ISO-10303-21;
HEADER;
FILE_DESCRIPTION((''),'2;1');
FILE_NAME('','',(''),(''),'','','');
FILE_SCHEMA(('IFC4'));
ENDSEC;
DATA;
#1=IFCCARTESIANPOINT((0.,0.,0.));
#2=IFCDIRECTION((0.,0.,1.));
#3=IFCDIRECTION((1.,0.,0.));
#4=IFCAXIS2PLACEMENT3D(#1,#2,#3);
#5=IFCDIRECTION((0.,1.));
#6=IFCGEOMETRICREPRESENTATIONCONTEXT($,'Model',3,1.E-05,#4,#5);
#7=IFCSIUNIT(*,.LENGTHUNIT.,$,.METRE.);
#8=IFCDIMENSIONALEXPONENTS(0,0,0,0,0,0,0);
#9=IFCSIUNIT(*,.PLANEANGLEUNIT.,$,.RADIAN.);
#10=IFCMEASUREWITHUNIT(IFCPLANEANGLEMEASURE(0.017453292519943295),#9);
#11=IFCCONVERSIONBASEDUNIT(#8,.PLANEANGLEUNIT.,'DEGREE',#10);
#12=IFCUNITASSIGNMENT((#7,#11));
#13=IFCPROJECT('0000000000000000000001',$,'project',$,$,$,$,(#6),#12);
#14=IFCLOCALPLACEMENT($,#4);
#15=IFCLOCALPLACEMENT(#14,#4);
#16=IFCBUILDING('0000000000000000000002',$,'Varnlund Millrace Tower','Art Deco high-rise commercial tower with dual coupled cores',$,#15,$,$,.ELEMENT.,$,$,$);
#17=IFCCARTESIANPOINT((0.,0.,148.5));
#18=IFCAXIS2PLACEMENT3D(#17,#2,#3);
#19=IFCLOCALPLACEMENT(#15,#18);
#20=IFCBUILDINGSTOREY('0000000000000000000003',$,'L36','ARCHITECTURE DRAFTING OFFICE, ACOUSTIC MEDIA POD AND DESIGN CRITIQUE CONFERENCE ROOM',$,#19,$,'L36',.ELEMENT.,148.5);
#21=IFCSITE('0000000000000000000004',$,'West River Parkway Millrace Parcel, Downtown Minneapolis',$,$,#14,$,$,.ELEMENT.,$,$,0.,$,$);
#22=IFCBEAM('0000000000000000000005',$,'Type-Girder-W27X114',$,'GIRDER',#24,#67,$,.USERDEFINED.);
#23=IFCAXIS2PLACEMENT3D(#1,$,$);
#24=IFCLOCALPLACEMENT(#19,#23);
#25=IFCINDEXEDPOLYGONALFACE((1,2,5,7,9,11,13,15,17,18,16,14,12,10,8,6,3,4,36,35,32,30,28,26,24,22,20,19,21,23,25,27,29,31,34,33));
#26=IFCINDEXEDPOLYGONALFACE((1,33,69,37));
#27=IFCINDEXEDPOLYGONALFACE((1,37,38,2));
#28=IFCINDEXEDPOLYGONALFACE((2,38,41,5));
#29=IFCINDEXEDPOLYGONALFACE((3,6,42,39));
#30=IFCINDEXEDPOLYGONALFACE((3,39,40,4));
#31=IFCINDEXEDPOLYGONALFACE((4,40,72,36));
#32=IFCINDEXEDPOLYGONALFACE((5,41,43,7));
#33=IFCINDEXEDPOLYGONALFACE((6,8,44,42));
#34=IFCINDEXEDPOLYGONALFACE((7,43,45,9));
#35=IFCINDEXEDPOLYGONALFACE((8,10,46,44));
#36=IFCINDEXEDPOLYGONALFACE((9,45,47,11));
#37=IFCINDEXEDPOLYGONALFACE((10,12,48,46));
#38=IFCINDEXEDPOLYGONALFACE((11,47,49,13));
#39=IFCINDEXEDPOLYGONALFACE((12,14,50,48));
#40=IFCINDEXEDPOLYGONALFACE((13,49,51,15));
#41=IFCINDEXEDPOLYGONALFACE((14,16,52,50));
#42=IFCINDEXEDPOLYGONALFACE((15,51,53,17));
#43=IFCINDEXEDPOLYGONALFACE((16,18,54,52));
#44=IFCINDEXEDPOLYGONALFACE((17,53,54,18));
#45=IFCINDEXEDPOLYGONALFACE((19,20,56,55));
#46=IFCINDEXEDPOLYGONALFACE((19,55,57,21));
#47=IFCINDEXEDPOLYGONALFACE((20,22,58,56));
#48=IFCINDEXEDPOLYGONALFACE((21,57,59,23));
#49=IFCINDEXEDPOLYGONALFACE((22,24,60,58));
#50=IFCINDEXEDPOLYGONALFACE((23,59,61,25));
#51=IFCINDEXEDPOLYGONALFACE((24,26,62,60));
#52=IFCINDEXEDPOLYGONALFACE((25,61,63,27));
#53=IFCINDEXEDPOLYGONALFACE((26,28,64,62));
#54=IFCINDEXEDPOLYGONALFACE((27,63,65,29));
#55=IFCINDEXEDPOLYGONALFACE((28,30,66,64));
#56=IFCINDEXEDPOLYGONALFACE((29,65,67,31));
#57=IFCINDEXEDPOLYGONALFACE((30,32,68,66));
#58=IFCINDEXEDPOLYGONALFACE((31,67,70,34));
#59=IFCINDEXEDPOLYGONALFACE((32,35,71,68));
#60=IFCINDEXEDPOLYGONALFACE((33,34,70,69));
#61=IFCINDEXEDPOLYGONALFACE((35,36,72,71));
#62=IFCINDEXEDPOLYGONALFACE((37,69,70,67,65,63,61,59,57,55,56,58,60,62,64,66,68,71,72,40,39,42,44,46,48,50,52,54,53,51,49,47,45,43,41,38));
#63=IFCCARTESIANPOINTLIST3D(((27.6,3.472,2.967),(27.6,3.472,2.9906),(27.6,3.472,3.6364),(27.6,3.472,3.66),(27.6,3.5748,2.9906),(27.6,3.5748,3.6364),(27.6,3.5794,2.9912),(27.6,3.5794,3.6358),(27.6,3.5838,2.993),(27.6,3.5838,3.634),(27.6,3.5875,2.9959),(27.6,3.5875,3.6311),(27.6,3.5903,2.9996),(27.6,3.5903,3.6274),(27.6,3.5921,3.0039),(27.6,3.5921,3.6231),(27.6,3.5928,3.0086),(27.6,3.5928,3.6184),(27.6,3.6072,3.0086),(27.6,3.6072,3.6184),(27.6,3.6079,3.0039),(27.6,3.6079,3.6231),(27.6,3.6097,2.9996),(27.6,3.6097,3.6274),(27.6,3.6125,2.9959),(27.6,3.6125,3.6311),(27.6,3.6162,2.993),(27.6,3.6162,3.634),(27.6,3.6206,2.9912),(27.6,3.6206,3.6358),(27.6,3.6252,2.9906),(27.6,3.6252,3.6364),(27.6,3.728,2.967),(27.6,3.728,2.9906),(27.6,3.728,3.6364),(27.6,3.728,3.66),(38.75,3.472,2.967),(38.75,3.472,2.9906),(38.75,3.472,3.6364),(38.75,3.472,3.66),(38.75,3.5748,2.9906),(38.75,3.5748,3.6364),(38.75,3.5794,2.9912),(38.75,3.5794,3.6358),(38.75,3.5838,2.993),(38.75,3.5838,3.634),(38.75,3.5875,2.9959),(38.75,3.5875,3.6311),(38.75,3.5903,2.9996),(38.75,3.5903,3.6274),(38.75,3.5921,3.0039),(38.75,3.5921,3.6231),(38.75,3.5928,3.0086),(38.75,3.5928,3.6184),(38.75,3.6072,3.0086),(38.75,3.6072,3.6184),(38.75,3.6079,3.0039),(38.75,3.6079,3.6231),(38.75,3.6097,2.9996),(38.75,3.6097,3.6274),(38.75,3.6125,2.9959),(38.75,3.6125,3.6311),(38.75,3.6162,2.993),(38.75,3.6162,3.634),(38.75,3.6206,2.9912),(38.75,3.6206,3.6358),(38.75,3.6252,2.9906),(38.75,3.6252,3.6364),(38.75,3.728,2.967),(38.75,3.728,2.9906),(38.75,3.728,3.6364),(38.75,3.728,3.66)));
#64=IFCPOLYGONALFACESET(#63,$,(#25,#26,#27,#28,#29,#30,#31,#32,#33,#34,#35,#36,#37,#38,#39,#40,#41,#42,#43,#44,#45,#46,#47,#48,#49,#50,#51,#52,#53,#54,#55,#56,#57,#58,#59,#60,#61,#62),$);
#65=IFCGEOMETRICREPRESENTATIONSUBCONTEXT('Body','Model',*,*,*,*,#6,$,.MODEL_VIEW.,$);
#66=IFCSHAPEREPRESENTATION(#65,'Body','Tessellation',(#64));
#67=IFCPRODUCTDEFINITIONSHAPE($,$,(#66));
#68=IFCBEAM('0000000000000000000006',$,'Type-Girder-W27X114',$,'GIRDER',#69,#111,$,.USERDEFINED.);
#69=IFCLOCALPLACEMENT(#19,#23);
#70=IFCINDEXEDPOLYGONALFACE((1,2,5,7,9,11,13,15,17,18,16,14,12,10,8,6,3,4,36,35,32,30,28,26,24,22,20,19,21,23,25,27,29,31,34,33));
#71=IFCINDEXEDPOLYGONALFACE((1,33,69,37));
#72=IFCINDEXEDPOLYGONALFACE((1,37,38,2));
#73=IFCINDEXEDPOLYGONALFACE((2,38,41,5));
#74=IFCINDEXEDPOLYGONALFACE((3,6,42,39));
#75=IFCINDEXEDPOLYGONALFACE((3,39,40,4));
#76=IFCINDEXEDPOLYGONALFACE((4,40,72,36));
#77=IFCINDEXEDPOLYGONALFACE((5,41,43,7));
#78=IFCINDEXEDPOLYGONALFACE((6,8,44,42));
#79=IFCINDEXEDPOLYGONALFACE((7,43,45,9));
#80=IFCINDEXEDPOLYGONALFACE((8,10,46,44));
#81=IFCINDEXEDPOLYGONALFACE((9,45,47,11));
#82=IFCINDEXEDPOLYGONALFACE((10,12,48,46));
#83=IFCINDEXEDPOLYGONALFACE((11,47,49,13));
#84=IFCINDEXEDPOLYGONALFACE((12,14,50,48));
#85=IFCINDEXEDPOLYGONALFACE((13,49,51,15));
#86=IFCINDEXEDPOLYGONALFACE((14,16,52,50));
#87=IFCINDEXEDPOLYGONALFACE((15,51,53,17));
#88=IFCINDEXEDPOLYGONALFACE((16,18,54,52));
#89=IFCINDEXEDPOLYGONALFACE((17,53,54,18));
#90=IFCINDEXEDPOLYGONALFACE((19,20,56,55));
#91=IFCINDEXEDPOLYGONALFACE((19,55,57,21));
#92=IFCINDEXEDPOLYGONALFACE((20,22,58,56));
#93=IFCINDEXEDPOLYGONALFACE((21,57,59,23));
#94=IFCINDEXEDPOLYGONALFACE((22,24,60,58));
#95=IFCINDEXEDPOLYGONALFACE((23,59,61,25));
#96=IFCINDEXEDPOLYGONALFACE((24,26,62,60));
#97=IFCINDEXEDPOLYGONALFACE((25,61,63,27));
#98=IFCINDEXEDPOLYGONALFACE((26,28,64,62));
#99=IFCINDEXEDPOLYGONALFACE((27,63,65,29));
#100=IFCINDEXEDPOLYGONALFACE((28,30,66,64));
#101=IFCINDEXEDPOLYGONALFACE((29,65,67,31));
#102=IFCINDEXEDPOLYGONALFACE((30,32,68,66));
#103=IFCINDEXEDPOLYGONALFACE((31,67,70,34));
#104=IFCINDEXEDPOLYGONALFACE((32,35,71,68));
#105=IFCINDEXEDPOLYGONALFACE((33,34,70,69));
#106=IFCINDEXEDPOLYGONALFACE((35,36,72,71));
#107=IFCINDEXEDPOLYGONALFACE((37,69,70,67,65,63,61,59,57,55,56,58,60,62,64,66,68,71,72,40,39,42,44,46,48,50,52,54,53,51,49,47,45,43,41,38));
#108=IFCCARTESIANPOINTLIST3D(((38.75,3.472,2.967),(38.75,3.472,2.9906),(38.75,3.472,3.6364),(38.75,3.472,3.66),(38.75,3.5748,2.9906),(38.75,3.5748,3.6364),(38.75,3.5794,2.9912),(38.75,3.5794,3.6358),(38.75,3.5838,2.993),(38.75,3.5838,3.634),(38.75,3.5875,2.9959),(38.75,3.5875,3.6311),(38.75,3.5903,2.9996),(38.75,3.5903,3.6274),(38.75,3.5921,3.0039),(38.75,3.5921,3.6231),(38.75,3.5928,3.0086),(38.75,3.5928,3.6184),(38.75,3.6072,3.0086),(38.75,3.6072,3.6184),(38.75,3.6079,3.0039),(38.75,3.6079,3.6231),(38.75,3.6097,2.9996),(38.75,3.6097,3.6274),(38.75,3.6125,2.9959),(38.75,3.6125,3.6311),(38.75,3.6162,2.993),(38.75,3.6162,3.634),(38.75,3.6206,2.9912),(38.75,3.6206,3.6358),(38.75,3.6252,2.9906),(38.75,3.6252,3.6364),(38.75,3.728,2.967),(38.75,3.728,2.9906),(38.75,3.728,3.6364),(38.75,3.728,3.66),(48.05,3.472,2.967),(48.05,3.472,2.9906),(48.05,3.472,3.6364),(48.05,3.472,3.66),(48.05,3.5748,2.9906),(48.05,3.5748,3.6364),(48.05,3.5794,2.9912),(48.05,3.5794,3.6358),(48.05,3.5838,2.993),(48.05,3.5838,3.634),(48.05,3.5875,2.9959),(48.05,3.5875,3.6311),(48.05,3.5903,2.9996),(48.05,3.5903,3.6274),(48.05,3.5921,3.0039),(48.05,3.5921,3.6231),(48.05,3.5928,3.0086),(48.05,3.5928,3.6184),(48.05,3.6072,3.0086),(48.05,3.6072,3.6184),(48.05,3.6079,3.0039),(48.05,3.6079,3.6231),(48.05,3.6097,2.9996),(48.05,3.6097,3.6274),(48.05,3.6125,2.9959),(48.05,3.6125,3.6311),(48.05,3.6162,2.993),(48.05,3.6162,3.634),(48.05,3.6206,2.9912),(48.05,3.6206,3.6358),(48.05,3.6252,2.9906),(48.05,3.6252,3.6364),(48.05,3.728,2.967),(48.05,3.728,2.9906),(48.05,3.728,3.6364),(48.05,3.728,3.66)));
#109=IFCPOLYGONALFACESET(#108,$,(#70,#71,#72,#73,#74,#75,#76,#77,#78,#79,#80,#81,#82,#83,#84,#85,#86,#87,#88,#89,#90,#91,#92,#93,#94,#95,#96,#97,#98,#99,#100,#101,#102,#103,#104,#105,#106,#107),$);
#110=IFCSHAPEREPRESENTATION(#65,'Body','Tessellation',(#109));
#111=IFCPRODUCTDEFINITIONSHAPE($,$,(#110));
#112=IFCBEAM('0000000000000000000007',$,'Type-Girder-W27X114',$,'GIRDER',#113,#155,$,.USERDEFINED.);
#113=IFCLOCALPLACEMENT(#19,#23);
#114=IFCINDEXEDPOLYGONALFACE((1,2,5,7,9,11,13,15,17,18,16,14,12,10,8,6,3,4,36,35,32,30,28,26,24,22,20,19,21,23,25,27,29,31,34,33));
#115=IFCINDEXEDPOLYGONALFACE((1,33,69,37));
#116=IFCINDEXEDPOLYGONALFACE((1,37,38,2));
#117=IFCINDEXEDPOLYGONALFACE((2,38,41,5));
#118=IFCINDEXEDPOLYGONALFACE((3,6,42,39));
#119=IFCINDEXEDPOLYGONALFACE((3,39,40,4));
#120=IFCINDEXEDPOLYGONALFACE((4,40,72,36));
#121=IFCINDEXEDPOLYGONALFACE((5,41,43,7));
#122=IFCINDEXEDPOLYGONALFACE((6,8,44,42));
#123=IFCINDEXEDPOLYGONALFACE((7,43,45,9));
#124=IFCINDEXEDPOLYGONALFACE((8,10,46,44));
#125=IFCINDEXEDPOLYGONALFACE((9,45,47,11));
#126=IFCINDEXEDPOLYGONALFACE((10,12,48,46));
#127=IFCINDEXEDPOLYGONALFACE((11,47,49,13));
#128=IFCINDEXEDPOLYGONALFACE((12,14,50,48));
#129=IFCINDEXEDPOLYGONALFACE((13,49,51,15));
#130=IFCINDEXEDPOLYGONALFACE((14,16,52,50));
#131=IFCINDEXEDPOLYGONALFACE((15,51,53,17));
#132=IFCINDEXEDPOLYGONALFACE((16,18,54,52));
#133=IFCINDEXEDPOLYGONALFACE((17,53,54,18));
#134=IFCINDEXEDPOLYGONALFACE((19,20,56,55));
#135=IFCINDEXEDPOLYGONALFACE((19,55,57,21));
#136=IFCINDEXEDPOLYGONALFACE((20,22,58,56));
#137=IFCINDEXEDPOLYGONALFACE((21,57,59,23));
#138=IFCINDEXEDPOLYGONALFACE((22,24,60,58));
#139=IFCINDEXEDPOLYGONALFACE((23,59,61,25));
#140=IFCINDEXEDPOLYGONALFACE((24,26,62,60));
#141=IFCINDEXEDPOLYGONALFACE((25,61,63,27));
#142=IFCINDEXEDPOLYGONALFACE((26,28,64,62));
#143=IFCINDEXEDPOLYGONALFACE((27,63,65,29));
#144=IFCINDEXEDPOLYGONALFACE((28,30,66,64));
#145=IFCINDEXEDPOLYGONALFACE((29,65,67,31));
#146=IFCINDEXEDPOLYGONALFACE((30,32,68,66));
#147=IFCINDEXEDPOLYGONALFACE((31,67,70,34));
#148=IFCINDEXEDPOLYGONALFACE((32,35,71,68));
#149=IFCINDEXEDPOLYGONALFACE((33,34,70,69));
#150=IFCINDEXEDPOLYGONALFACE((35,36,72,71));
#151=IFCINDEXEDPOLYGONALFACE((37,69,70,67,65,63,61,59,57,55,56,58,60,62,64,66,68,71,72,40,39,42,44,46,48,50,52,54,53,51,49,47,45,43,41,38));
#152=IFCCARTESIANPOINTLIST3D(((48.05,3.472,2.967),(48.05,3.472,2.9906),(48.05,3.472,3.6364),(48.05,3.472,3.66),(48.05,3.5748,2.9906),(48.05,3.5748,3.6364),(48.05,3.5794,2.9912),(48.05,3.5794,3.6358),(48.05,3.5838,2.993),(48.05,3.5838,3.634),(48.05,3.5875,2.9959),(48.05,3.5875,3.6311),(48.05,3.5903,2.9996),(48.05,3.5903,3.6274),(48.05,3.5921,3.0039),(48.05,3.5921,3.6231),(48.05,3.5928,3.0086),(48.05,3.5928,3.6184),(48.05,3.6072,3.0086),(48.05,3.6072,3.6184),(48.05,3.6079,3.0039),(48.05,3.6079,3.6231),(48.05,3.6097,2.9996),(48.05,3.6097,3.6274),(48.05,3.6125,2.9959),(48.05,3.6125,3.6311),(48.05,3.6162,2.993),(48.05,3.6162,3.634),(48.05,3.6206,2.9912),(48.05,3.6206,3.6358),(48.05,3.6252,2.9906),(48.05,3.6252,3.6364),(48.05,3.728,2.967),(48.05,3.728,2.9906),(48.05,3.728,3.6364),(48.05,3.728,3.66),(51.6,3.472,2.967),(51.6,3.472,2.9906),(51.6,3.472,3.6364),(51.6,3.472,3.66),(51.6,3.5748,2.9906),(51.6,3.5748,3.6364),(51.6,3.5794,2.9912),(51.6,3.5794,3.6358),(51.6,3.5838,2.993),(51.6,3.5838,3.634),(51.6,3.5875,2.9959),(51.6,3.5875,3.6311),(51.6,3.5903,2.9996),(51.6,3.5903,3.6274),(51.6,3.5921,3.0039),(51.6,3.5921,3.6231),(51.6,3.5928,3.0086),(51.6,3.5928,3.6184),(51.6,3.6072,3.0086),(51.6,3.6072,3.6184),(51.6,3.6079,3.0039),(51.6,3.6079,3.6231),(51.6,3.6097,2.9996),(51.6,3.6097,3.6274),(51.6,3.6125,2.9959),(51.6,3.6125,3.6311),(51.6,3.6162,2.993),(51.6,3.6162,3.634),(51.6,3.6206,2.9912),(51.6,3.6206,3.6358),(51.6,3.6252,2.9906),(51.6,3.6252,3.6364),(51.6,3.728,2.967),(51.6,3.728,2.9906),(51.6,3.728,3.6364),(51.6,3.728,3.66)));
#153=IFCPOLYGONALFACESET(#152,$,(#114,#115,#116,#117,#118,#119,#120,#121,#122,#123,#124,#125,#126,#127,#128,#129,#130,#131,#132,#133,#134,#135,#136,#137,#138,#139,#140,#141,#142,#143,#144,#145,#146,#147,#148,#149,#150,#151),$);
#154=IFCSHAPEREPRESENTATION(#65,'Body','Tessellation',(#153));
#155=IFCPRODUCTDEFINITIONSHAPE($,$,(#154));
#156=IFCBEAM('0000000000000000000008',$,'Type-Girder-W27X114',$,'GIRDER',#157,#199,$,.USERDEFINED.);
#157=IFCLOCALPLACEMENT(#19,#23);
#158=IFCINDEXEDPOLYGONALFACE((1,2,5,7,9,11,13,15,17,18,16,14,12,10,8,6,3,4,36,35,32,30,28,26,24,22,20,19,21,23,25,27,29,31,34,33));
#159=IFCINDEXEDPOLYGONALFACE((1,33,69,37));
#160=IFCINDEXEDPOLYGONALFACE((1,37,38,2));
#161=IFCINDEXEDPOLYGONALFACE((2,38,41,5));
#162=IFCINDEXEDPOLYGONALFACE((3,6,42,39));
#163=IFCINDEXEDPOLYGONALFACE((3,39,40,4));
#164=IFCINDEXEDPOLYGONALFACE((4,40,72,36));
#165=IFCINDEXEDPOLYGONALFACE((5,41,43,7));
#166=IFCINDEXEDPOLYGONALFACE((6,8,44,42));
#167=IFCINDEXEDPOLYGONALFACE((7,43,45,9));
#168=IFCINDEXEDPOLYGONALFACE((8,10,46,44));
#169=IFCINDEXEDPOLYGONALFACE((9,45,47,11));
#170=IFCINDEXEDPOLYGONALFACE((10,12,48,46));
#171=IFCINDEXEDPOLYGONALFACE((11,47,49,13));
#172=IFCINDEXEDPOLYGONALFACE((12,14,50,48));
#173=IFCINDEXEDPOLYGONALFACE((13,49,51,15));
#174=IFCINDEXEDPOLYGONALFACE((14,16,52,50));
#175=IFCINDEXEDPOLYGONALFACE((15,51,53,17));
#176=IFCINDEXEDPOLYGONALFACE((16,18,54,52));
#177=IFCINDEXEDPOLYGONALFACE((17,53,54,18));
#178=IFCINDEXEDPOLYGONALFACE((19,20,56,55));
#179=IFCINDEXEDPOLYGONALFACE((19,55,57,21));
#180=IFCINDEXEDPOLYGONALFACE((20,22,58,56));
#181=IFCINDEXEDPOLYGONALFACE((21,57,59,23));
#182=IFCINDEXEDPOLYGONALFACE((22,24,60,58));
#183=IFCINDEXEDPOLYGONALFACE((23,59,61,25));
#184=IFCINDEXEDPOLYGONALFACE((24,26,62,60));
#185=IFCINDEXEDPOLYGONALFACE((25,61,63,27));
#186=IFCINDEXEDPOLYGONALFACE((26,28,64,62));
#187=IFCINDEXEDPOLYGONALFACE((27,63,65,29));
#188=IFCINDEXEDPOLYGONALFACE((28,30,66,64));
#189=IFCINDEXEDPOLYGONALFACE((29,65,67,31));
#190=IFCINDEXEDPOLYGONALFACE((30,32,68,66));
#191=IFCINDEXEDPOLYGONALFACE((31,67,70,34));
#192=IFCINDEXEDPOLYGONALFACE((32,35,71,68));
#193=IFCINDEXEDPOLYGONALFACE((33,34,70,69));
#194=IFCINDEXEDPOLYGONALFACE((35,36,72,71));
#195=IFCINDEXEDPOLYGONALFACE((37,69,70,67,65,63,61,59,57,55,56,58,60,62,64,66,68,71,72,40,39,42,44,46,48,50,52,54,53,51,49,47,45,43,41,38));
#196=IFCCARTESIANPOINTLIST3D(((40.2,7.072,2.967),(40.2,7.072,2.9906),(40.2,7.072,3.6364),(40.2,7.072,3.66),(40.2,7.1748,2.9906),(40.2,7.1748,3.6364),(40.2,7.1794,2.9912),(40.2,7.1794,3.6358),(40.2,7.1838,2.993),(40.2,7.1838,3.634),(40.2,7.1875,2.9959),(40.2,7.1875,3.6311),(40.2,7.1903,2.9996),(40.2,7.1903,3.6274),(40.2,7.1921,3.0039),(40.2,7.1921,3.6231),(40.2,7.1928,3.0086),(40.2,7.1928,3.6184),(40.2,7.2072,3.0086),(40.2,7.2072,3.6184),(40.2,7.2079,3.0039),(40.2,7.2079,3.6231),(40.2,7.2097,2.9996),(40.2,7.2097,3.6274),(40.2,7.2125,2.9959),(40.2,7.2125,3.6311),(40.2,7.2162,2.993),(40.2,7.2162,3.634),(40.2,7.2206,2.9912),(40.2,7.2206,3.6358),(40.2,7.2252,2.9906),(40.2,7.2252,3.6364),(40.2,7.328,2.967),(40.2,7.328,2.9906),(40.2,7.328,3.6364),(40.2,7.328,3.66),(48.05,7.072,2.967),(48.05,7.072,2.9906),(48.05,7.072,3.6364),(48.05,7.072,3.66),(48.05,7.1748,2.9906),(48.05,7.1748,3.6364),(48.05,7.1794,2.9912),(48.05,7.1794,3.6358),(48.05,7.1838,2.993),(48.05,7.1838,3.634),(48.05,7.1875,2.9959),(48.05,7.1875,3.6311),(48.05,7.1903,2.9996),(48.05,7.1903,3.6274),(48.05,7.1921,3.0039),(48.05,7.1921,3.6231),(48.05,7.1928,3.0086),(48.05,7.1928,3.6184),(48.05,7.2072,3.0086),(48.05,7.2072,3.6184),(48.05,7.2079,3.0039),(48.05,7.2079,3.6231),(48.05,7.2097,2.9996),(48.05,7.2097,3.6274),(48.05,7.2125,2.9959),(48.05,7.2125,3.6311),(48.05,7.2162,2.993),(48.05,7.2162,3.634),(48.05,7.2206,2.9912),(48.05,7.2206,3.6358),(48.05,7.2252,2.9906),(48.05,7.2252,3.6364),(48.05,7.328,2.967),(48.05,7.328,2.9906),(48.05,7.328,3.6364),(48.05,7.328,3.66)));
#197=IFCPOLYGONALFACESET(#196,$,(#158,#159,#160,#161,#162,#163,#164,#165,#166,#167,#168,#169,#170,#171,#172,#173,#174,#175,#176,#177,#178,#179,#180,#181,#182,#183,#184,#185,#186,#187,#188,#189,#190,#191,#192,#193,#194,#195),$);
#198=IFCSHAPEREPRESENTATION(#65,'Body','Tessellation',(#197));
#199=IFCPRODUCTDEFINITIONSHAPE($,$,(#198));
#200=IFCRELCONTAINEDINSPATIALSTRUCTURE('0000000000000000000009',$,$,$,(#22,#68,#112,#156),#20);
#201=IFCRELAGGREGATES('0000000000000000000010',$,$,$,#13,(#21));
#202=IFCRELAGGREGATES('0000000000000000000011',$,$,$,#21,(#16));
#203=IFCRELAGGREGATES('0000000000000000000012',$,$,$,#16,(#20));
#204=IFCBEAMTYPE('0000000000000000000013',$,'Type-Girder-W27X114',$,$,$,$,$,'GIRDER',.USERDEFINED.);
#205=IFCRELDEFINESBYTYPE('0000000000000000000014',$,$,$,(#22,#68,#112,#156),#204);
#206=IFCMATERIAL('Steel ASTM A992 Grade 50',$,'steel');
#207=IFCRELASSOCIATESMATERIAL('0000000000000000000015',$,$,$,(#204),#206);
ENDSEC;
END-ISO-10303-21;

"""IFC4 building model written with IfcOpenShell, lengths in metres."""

from ifc_helpers import new_model, entity, si_unit, converted_unit, direction, frame, origin_with_axes, origin_2d_with_axis, place, context, subcontext, project, spatial, i_section, extrude, material, material_profile, profile_set, type_object, element, save


model = new_model("IFC4")

# Units and contexts
model_context = context("Model", 3, precision=1e-05, world=origin_with_axes(), true_north=direction((0.0, 1.0)))
body_context = subcontext(model_context, "Body", "Model", "MODEL_VIEW")
ifc_project = project(units=[si_unit("LENGTHUNIT", "METRE"), converted_unit("PLANEANGLEUNIT", "DEGREE", entity("IfcPlaneAngleMeasure", 0.017453292519943295), si_unit("PLANEANGLEUNIT", "RADIAN"), dimensions=[0, 0, 0, 0, 0, 0, 0])], contexts=[model_context])

# Site, building, storey
site_placement = place(None, origin_with_axes())
site = spatial("IfcSite", under=ifc_project, at=site_placement, Name="West River Parkway Millrace Parcel, Downtown Minneapolis", CompositionType="ELEMENT", RefElevation=0.0)
building_placement = place(site_placement, origin_with_axes())
building = spatial("IfcBuilding", under=site, at=building_placement, Name="Varnlund Millrace Tower", Description="Art Deco high-rise commercial tower with dual coupled cores", CompositionType="ELEMENT")
storey_placement = place(building_placement, frame((0.0, 0.0, 148.5), z_axis=(0.0, 0.0, 1.0), x_axis=(1.0, 0.0, 0.0)))
storey = spatial("IfcBuildingStorey", under=building, at=storey_placement, Name="L36", Description="ARCHITECTURE DRAFTING OFFICE, ACOUSTIC MEDIA POD AND DESIGN CRITIQUE CONFERENCE ROOM", LongName="L36", CompositionType="ELEMENT", Elevation=148.5)

# Beams
ifc_material_1 = material(Name="Steel ASTM A992 Grade 50", Category="steel")
ifc_material_profile_1 = material_profile(ifc_material_1, i_section(OverallWidth=0.256, OverallDepth=0.693, WebThickness=0.0145, FlangeThickness=0.0236, FilletRadius=0.018, at=origin_2d_with_axis()), Name="Steel ASTM A992 Grade 50")
ifc_profile_set_1 = profile_set([ifc_material_profile_1], Name="Steel ASTM A992 Grade 50")
beam_type_1 = type_object("IfcBeamType", Name="Type-Girder-W27X114", ElementType="GIRDER", PredefinedType="USERDEFINED", material=ifc_profile_set_1)
beam_1_placement = place(storey_placement, frame((27.6, 3.6, 3.3135), z_axis=(1.0, 0.0, 0.0), x_axis=(0.0, 1.0, 0.0)))
element("IfcBeam", 1, at=beam_1_placement, inside=storey, type_object=beam_type_1, Name="Type-Girder-W27X114", ObjectType="GIRDER", PredefinedType="USERDEFINED", context=body_context, shape_type="SweptSolid", body=[
    extrude(i_section(OverallWidth=0.256, OverallDepth=0.693, WebThickness=0.0145, FlangeThickness=0.0236, FilletRadius=0.018, at=origin_2d_with_axis()), origin_with_axes(), (0.0, 0.0, 1.0), 11.15),
])
beam_2_placement = place(storey_placement, frame((38.75, 3.6, 3.3135), z_axis=(1.0, 0.0, 0.0), x_axis=(0.0, 1.0, 0.0)))
element("IfcBeam", 2, at=beam_2_placement, inside=storey, type_object=beam_type_1, Name="Type-Girder-W27X114", ObjectType="GIRDER", PredefinedType="USERDEFINED", context=body_context, shape_type="SweptSolid", body=[
    extrude(i_section(OverallWidth=0.256, OverallDepth=0.693, WebThickness=0.0145, FlangeThickness=0.0236, FilletRadius=0.018, at=origin_2d_with_axis()), origin_with_axes(), (0.0, 0.0, 1.0), 9.3),
])
beam_3_placement = place(storey_placement, frame((48.05, 3.6, 3.3135), z_axis=(1.0, 0.0, 0.0), x_axis=(0.0, 1.0, 0.0)))
element("IfcBeam", 3, at=beam_3_placement, inside=storey, type_object=beam_type_1, Name="Type-Girder-W27X114", ObjectType="GIRDER", PredefinedType="USERDEFINED", context=body_context, shape_type="SweptSolid", body=[
    extrude(i_section(OverallWidth=0.256, OverallDepth=0.693, WebThickness=0.0145, FlangeThickness=0.0236, FilletRadius=0.018, at=origin_2d_with_axis()), origin_with_axes(), (0.0, 0.0, 1.0), 3.55),
])
beam_4_placement = place(storey_placement, frame((40.2, 7.2, 3.3135), z_axis=(1.0, 0.0, 0.0), x_axis=(0.0, 1.0, 0.0)))
element("IfcBeam", 4, at=beam_4_placement, inside=storey, type_object=beam_type_1, Name="Type-Girder-W27X114", ObjectType="GIRDER", PredefinedType="USERDEFINED", context=body_context, shape_type="SweptSolid", body=[
    extrude(i_section(OverallWidth=0.256, OverallDepth=0.693, WebThickness=0.0145, FlangeThickness=0.0236, FilletRadius=0.018, at=origin_2d_with_axis()), origin_with_axes(), (0.0, 0.0, 1.0), 7.85),
])

save(model, "model.ifc")
